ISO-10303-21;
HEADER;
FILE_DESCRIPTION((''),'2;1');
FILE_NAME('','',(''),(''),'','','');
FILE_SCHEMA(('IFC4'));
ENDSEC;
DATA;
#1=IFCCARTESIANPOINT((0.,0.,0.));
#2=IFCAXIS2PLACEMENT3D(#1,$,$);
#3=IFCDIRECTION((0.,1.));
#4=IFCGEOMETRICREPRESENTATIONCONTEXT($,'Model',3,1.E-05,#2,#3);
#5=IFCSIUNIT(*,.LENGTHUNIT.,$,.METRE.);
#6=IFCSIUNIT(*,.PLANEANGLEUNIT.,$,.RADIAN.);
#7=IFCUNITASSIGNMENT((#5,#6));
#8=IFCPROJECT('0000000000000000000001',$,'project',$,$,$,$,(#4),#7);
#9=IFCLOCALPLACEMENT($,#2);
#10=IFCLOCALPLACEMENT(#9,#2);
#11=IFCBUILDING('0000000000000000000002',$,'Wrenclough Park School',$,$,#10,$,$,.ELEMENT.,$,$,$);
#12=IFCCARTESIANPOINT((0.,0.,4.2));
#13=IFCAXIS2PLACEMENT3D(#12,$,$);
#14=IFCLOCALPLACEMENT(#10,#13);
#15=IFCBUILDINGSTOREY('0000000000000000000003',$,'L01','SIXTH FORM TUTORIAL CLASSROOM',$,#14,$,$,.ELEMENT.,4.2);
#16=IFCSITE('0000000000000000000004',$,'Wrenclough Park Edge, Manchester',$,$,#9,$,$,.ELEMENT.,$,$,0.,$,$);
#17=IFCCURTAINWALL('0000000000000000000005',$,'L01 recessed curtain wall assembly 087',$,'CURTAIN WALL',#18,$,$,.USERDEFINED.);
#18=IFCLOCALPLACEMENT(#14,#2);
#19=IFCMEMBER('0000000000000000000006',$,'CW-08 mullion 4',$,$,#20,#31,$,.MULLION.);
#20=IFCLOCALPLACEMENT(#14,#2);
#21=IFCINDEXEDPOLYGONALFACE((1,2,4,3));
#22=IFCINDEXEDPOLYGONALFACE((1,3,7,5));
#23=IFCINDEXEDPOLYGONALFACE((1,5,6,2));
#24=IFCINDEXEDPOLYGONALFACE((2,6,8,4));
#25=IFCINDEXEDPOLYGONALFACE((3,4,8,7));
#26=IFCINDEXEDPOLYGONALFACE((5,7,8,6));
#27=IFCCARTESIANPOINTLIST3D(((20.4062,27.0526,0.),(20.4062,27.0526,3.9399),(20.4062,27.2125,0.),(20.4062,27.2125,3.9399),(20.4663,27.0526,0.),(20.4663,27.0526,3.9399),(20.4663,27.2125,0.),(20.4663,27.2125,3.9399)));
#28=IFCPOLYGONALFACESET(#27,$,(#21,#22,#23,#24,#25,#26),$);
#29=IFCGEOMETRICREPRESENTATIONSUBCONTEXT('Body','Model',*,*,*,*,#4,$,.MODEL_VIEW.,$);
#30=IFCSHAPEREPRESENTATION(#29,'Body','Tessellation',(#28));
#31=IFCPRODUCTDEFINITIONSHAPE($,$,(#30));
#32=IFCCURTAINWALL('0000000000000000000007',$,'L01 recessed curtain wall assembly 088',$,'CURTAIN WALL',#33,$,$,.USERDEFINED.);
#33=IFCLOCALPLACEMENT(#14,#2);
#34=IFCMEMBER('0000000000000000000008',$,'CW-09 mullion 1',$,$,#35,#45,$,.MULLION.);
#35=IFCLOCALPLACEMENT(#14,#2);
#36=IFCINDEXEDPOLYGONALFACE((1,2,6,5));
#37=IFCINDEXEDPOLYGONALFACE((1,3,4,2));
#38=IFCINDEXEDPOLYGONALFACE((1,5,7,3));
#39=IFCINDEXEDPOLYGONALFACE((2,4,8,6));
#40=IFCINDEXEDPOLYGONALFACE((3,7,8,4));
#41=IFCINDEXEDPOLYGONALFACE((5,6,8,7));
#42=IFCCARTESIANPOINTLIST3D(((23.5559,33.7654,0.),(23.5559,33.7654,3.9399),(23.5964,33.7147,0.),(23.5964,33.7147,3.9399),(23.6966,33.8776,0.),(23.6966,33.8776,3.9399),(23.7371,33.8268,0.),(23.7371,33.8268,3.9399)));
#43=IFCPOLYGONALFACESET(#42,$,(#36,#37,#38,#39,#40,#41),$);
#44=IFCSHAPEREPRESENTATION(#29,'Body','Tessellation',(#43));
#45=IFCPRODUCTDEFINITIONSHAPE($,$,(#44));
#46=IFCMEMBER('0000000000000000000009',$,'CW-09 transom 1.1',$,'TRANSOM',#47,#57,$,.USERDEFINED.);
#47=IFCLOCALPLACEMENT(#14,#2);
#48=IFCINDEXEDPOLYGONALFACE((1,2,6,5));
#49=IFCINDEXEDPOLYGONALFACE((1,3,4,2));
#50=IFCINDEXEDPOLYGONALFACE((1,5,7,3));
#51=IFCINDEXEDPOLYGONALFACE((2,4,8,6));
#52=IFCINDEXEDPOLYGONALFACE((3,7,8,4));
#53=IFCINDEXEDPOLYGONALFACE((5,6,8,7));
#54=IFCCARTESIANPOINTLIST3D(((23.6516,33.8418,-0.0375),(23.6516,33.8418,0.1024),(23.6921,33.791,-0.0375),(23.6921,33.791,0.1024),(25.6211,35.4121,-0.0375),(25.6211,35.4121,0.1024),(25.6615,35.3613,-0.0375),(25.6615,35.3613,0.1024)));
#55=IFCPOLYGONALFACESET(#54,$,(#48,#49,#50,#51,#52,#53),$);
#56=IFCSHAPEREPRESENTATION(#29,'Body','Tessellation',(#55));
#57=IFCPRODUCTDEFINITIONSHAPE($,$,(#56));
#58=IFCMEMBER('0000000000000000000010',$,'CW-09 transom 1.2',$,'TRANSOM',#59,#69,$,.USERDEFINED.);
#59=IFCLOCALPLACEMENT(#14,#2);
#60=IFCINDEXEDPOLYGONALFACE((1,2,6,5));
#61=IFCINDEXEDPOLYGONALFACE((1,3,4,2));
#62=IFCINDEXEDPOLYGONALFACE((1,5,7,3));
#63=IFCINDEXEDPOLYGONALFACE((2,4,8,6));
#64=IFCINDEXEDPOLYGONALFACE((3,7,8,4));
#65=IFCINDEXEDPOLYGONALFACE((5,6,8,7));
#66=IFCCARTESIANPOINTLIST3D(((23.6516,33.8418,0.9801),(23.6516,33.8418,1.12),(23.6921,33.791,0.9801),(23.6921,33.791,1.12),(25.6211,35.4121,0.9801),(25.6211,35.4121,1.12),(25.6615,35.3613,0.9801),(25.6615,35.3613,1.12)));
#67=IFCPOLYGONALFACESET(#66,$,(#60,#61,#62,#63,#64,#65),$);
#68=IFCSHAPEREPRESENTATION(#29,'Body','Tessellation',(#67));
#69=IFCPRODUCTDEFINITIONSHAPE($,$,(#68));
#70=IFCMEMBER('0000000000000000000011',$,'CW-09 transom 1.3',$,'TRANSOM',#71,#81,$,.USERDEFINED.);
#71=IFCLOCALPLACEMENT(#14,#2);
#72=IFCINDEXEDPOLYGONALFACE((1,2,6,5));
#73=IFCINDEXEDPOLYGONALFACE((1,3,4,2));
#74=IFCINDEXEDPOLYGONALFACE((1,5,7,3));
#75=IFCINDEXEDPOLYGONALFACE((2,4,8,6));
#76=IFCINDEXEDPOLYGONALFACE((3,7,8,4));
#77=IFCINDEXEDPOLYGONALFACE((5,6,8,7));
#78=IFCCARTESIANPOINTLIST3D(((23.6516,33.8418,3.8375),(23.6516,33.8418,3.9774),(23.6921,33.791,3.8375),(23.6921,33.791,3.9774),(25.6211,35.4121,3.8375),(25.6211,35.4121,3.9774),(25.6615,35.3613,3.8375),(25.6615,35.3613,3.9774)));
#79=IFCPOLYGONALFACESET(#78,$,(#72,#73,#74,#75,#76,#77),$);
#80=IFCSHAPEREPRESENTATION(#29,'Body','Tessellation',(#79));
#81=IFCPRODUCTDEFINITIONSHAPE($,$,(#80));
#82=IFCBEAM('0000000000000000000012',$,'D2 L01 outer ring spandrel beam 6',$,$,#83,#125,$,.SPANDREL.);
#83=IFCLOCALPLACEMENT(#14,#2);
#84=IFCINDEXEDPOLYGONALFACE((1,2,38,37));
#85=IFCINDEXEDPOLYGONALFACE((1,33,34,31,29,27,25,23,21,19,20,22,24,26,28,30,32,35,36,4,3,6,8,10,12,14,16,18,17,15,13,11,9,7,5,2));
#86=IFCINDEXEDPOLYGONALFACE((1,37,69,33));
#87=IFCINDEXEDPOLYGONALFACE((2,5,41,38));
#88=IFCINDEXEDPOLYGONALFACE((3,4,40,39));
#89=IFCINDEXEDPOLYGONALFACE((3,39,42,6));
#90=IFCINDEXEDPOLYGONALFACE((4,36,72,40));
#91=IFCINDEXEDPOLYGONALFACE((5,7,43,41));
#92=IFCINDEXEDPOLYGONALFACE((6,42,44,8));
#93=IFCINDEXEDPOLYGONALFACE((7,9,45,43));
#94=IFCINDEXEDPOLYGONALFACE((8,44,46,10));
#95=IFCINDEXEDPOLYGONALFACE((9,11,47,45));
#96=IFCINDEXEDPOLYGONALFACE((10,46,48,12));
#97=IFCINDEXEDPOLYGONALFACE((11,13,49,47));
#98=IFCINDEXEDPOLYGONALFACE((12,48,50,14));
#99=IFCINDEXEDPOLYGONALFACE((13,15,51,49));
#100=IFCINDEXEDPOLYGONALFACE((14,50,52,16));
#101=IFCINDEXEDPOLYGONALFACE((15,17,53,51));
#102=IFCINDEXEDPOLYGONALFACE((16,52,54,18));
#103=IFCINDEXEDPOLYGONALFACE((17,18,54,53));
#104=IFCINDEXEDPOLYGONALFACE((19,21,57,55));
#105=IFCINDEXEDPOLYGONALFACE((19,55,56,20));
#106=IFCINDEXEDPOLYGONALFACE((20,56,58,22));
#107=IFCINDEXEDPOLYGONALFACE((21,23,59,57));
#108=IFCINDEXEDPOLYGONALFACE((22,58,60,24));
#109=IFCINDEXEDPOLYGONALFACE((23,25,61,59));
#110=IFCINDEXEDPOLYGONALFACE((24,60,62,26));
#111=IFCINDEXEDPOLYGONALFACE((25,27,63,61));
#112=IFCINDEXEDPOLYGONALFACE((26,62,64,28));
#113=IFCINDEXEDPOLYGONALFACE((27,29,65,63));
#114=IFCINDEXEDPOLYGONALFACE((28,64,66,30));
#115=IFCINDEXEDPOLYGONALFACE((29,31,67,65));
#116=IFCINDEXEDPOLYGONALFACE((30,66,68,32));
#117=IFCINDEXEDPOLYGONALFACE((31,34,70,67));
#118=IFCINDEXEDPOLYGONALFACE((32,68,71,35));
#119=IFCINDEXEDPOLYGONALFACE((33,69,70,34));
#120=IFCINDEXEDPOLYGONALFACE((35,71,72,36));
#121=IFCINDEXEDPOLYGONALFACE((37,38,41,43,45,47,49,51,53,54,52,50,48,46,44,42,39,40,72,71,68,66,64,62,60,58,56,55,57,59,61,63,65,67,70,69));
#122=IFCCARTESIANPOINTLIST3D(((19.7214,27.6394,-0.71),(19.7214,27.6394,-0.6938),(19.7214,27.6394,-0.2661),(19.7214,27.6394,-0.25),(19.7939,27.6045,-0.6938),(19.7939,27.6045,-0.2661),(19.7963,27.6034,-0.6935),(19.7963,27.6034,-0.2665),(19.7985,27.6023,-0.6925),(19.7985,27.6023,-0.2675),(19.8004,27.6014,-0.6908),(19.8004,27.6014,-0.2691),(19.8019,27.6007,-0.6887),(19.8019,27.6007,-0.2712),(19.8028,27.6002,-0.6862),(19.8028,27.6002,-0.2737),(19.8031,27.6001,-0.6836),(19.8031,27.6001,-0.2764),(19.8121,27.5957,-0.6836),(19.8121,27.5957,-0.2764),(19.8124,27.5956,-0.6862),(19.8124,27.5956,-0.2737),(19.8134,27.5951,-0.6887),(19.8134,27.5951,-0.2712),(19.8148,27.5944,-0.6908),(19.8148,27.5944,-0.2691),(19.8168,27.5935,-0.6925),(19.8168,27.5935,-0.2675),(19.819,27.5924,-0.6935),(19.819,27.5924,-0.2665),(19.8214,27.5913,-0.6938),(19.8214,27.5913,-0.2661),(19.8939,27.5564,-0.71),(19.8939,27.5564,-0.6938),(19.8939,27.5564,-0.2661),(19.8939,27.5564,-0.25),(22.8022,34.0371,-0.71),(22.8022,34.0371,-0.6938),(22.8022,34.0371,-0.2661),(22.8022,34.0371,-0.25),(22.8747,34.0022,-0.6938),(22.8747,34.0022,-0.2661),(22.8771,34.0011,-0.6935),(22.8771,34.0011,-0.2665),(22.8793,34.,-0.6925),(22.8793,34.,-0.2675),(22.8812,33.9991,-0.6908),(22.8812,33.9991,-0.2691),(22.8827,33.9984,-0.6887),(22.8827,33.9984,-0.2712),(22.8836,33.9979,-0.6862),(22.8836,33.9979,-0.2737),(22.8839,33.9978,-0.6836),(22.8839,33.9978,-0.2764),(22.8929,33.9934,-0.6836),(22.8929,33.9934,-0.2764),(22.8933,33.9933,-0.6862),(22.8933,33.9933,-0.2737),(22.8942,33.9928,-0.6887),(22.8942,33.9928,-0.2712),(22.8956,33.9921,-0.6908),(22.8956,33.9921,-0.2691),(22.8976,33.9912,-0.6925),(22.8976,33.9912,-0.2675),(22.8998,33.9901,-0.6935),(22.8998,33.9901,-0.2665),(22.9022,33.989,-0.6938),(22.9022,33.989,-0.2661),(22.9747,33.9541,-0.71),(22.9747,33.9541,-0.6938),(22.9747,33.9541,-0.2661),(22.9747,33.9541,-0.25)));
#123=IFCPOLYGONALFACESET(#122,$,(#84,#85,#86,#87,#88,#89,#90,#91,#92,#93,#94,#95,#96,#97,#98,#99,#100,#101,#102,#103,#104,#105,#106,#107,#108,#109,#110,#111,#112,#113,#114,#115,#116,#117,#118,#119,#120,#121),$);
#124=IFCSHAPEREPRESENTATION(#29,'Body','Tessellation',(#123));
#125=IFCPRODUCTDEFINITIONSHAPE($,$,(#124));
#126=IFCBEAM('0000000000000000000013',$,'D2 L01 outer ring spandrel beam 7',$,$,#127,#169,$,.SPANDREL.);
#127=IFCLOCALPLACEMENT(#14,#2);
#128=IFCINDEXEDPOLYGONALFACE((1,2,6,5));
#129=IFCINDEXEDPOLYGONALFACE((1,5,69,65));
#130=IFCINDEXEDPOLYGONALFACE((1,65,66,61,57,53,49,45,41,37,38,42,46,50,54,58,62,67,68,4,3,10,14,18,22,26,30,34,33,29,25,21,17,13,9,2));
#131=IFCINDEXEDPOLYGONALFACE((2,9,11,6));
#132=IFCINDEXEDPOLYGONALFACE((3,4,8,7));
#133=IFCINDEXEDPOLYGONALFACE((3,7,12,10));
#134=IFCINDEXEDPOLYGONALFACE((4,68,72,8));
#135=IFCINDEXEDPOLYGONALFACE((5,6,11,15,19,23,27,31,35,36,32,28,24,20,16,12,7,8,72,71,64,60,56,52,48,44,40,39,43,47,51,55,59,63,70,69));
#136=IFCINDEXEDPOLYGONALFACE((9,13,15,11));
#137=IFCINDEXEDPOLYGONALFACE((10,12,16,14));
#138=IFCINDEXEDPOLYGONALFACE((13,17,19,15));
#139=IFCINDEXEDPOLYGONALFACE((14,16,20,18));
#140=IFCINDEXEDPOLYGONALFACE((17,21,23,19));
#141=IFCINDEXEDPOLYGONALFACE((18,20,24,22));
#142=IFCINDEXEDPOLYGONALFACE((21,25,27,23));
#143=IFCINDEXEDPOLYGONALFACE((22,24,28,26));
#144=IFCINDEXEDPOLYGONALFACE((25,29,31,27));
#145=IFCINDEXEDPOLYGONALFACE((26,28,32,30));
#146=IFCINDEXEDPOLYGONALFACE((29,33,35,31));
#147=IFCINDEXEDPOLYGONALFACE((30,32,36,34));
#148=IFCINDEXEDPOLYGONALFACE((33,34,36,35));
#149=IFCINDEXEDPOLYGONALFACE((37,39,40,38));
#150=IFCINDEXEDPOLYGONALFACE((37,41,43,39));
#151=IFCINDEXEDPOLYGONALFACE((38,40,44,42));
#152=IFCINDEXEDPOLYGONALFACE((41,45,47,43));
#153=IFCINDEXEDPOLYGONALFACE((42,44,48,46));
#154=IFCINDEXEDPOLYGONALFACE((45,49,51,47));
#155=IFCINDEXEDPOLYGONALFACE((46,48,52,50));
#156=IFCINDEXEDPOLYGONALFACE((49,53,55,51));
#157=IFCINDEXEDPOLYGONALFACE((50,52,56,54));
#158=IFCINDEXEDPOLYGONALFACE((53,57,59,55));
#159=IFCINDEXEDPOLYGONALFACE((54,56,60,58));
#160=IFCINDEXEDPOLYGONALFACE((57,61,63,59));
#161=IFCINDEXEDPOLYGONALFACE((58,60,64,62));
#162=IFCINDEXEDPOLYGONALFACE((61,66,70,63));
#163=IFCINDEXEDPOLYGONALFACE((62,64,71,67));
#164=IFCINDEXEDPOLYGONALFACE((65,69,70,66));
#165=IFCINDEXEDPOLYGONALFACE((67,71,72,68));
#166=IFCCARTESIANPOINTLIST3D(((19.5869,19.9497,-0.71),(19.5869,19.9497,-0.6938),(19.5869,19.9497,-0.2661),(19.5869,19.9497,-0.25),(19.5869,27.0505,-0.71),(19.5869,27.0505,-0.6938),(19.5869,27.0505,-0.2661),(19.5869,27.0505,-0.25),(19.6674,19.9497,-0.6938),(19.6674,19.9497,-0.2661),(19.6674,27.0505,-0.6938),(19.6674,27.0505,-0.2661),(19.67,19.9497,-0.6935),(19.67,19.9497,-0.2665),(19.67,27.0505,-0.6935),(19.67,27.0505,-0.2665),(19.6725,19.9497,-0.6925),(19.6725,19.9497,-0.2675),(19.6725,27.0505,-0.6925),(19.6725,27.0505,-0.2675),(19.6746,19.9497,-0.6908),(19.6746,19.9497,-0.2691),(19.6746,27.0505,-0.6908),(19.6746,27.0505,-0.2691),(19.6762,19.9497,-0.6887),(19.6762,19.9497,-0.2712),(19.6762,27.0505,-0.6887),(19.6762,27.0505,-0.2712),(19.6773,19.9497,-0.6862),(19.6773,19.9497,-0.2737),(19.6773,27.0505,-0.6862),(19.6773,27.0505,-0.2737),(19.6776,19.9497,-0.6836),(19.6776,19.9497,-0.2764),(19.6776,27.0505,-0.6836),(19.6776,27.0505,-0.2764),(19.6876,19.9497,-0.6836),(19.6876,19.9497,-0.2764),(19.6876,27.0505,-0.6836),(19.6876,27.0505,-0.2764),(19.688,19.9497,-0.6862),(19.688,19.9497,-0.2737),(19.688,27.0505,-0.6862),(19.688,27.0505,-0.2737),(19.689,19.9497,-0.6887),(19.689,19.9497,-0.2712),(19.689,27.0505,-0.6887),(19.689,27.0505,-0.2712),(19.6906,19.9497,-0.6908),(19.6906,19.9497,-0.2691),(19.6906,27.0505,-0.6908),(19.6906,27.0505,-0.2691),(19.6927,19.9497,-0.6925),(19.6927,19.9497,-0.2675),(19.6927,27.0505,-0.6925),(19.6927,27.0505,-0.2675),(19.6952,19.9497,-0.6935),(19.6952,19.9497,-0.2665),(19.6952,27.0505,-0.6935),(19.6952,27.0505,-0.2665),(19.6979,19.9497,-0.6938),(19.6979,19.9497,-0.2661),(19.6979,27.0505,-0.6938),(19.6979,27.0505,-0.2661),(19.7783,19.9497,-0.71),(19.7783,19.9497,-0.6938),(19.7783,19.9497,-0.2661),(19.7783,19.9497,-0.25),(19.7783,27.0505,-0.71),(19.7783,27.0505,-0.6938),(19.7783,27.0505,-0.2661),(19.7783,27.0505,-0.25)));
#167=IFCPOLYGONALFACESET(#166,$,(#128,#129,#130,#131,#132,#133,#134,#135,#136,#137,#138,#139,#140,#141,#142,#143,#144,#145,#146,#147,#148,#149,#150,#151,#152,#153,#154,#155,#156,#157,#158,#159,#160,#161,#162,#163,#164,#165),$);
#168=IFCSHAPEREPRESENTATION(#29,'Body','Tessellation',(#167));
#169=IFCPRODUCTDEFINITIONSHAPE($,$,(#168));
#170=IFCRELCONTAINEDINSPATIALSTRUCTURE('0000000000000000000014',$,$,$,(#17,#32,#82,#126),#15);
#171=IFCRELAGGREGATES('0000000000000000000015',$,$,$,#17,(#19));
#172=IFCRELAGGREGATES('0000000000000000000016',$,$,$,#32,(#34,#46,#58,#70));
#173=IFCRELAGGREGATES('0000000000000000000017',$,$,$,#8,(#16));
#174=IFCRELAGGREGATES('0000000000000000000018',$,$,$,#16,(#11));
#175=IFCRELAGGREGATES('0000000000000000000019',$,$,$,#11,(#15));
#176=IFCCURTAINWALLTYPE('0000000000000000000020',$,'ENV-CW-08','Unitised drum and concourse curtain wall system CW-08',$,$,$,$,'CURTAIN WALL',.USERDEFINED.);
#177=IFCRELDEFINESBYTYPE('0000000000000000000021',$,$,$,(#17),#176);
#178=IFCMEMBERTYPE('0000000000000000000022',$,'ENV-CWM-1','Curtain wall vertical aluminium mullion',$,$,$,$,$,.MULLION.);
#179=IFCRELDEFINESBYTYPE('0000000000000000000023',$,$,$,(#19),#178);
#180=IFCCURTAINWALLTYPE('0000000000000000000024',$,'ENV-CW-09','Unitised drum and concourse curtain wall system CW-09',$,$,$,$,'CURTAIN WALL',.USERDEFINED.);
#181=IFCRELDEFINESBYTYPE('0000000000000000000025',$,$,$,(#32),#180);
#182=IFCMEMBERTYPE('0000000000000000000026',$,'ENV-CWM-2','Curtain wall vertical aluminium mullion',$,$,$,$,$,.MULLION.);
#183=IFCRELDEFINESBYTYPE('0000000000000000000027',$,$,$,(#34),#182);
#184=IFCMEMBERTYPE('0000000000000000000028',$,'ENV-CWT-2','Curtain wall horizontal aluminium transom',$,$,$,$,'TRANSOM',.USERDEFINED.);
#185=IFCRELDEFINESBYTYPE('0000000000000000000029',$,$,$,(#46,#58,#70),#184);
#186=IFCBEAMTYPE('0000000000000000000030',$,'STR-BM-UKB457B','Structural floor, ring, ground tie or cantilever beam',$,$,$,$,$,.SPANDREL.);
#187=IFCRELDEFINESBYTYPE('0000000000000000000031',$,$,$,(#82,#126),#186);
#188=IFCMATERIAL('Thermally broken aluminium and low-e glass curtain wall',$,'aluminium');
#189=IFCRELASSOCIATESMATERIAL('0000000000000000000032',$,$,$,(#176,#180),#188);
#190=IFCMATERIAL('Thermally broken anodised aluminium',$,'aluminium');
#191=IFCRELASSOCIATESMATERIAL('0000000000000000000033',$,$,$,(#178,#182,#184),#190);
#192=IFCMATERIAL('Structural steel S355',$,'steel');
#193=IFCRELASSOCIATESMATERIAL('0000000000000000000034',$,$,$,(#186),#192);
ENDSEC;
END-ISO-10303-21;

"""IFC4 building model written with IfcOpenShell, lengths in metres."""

from ifc_helpers import new_model, si_unit, direction, frame, origin, origin_2d, place, context, subcontext, project, spatial, rectangle, i_section, extrude, material, material_profile, profile_set, type_object, element, aggregate, save


model = new_model("IFC4")

# Units and contexts
model_context = context("Model", 3, precision=1e-05, world=origin(), true_north=direction((0.0, 1.0)))
body_context = subcontext(model_context, "Body", "Model", "MODEL_VIEW")
ifc_project = project(units=[si_unit("LENGTHUNIT", "METRE"), si_unit("PLANEANGLEUNIT", "RADIAN")], contexts=[model_context])

# Site, building, storey
site_placement = place(None, origin())
site = spatial("IfcSite", under=ifc_project, at=site_placement, Name="Wrenclough Park Edge, Manchester", CompositionType="ELEMENT", RefElevation=0.0)
building_placement = place(site_placement, origin())
building = spatial("IfcBuilding", under=site, at=building_placement, Name="Wrenclough Park School", CompositionType="ELEMENT")
storey_placement = place(building_placement, frame((0.0, 0.0, 4.2)))
storey = spatial("IfcBuildingStorey", under=building, at=storey_placement, Name="L01", Description="SIXTH FORM TUTORIAL CLASSROOM", CompositionType="ELEMENT", Elevation=4.2)

# Curtain wall, member
ifc_material_1 = material(Name="Thermally broken aluminium and low-e glass curtain wall", Category="aluminium")
curtain_wall_type_1 = type_object("IfcCurtainWallType", Name="ENV-CW-08", Description="Unitised drum and concourse curtain wall system CW-08", ElementType="CURTAIN WALL", PredefinedType="USERDEFINED", material=ifc_material_1)
curtain_wall_1_placement = place(storey_placement, origin())
curtain_wall_1 = element("IfcCurtainWall", 1, at=curtain_wall_1_placement, inside=storey, type_object=curtain_wall_type_1, Name="L01 recessed curtain wall assembly 087", ObjectType="CURTAIN WALL", PredefinedType="USERDEFINED")
ifc_material_2 = material(Name="Thermally broken anodised aluminium", Category="aluminium")
ifc_material_profile_1 = material_profile(ifc_material_2, rectangle(XDim=0.0601, YDim=0.1599, at=origin_2d()), Name="AL MULLION 60x160")
ifc_profile_set_1 = profile_set([ifc_material_profile_1], Name="Thermally broken anodised aluminium")
member_type_1 = type_object("IfcMemberType", Name="ENV-CWM-1", Description="Curtain wall vertical aluminium mullion", PredefinedType="MULLION", material=ifc_profile_set_1)
member_1_placement = place(storey_placement, frame((20.4363, 27.1326, 0.0), z_axis=(0.0, 0.0, 1.0), x_axis=(-1.0, 0.0, 0.0)))
member_1 = element("IfcMember", 2, at=member_1_placement, type_object=member_type_1, Name="CW-08 mullion 4", PredefinedType="MULLION", context=body_context, shape_type="SweptSolid", body=[
    extrude(rectangle(XDim=0.0601, YDim=0.1599, at=origin_2d()), origin(), (0.0, 0.0, 1.0), 3.9399),
])
aggregate(curtain_wall_1, [member_1])

# Curtain wall, members
curtain_wall_type_2 = type_object("IfcCurtainWallType", Name="ENV-CW-09", Description="Unitised drum and concourse curtain wall system CW-09", ElementType="CURTAIN WALL", PredefinedType="USERDEFINED", material=ifc_material_1)
curtain_wall_2_placement = place(storey_placement, origin())
curtain_wall_2 = element("IfcCurtainWall", 3, at=curtain_wall_2_placement, inside=storey, type_object=curtain_wall_type_2, Name="L01 recessed curtain wall assembly 088", ObjectType="CURTAIN WALL", PredefinedType="USERDEFINED")
ifc_material_profile_2 = material_profile(ifc_material_2, rectangle(XDim=0.0649, YDim=0.1799, at=origin_2d()), Name="AL MULLION 65x180")
ifc_profile_set_2 = profile_set([ifc_material_profile_2], Name="Thermally broken anodised aluminium")
member_type_2 = type_object("IfcMemberType", Name="ENV-CWM-2", Description="Curtain wall vertical aluminium mullion", PredefinedType="MULLION", material=ifc_profile_set_2)
member_2_placement = place(storey_placement, frame((23.6465, 33.7961, 0.0), z_axis=(0.0, 0.0, 1.0), x_axis=(-0.623468, 0.781848, 0.0)))
member_2 = element("IfcMember", 4, at=member_2_placement, type_object=member_type_2, Name="CW-09 mullion 1", PredefinedType="MULLION", context=body_context, shape_type="SweptSolid", body=[
    extrude(rectangle(XDim=0.0649, YDim=0.1799, at=origin_2d()), origin(), (0.0, 0.0, 1.0), 3.9399),
])
ifc_material_profile_3 = material_profile(ifc_material_2, rectangle(XDim=0.0649, YDim=0.1399, at=origin_2d()), Name="AL TRANSOM 65x140")
ifc_profile_set_3 = profile_set([ifc_material_profile_3], Name="Thermally broken anodised aluminium")
member_type_3 = type_object("IfcMemberType", Name="ENV-CWT-2", Description="Curtain wall horizontal aluminium transom", ElementType="TRANSOM", PredefinedType="USERDEFINED", material=ifc_profile_set_3)
member_3_placement = place(storey_placement, frame((23.6719, 33.8164, 0.0325), z_axis=(0.781889, 0.623418, 0.0), x_axis=(-0.623418, 0.781889, 0.0)))
member_3 = element("IfcMember", 5, at=member_3_placement, type_object=member_type_3, Name="CW-09 transom 1.1", ObjectType="TRANSOM", PredefinedType="USERDEFINED", context=body_context, shape_type="SweptSolid", body=[
    extrude(rectangle(XDim=0.0649, YDim=0.1399, at=origin_2d()), origin(), (0.0, 0.0, 1.0), 2.5188),
])
member_4_placement = place(storey_placement, frame((23.6719, 33.8164, 1.05), z_axis=(0.781889, 0.623418, 0.0), x_axis=(-0.623418, 0.781889, 0.0)))
member_4 = element("IfcMember", 6, at=member_4_placement, type_object=member_type_3, Name="CW-09 transom 1.2", ObjectType="TRANSOM", PredefinedType="USERDEFINED", context=body_context, shape_type="SweptSolid", body=[
    extrude(rectangle(XDim=0.0649, YDim=0.1399, at=origin_2d()), origin(), (0.0, 0.0, 1.0), 2.5188),
])
member_5_placement = place(storey_placement, frame((23.6719, 33.8164, 3.9075), z_axis=(0.781889, 0.623418, 0.0), x_axis=(-0.623418, 0.781889, 0.0)))
member_5 = element("IfcMember", 7, at=member_5_placement, type_object=member_type_3, Name="CW-09 transom 1.3", ObjectType="TRANSOM", PredefinedType="USERDEFINED", context=body_context, shape_type="SweptSolid", body=[
    extrude(rectangle(XDim=0.0649, YDim=0.1399, at=origin_2d()), origin(), (0.0, 0.0, 1.0), 2.5188),
])
aggregate(curtain_wall_2, [member_2, member_3, member_4, member_5])

# Beams
ifc_material_3 = material(Name="Structural steel S355", Category="steel")
ifc_material_profile_4 = material_profile(ifc_material_3, i_section(OverallWidth=0.1914, OverallDepth=0.46, WebThickness=0.01, FlangeThickness=0.0161, FilletRadius=0.0103, at=origin_2d()), Name="UKB 457x191x82")
ifc_profile_set_4 = profile_set([ifc_material_profile_4], Name="Structural steel S355")
beam_type_1 = type_object("IfcBeamType", Name="STR-BM-UKB457B", Description="Structural floor, ring, ground tie or cantilever beam", PredefinedType="SPANDREL", material=ifc_profile_set_4)
for number, where, z_axis, x_axis, name in (
    (8, (22.8884, 33.9956, -0.48), (-0.433865, -0.900978, 0.0), (0.900978, -0.433865, 0.0), "D2 L01 outer ring spandrel beam 6"),
    (9, (19.6826, 27.0505, -0.48), (0.0, -1.0, 0.0), (1.0, 0.0, 0.0), "D2 L01 outer ring spandrel beam 7"),
):
    element("IfcBeam", number, at=place(storey_placement, frame(where, z_axis=z_axis, x_axis=x_axis)), inside=storey, type_object=beam_type_1, Name=name, PredefinedType="SPANDREL", context=body_context, shape_type="SweptSolid", body=[
        extrude(i_section(OverallWidth=0.1914, OverallDepth=0.46, WebThickness=0.01, FlangeThickness=0.0161, FilletRadius=0.0103, at=origin_2d()), origin(), (0.0, 0.0, 1.0), 7.1008),
    ])

save(model, "model.ifc")
